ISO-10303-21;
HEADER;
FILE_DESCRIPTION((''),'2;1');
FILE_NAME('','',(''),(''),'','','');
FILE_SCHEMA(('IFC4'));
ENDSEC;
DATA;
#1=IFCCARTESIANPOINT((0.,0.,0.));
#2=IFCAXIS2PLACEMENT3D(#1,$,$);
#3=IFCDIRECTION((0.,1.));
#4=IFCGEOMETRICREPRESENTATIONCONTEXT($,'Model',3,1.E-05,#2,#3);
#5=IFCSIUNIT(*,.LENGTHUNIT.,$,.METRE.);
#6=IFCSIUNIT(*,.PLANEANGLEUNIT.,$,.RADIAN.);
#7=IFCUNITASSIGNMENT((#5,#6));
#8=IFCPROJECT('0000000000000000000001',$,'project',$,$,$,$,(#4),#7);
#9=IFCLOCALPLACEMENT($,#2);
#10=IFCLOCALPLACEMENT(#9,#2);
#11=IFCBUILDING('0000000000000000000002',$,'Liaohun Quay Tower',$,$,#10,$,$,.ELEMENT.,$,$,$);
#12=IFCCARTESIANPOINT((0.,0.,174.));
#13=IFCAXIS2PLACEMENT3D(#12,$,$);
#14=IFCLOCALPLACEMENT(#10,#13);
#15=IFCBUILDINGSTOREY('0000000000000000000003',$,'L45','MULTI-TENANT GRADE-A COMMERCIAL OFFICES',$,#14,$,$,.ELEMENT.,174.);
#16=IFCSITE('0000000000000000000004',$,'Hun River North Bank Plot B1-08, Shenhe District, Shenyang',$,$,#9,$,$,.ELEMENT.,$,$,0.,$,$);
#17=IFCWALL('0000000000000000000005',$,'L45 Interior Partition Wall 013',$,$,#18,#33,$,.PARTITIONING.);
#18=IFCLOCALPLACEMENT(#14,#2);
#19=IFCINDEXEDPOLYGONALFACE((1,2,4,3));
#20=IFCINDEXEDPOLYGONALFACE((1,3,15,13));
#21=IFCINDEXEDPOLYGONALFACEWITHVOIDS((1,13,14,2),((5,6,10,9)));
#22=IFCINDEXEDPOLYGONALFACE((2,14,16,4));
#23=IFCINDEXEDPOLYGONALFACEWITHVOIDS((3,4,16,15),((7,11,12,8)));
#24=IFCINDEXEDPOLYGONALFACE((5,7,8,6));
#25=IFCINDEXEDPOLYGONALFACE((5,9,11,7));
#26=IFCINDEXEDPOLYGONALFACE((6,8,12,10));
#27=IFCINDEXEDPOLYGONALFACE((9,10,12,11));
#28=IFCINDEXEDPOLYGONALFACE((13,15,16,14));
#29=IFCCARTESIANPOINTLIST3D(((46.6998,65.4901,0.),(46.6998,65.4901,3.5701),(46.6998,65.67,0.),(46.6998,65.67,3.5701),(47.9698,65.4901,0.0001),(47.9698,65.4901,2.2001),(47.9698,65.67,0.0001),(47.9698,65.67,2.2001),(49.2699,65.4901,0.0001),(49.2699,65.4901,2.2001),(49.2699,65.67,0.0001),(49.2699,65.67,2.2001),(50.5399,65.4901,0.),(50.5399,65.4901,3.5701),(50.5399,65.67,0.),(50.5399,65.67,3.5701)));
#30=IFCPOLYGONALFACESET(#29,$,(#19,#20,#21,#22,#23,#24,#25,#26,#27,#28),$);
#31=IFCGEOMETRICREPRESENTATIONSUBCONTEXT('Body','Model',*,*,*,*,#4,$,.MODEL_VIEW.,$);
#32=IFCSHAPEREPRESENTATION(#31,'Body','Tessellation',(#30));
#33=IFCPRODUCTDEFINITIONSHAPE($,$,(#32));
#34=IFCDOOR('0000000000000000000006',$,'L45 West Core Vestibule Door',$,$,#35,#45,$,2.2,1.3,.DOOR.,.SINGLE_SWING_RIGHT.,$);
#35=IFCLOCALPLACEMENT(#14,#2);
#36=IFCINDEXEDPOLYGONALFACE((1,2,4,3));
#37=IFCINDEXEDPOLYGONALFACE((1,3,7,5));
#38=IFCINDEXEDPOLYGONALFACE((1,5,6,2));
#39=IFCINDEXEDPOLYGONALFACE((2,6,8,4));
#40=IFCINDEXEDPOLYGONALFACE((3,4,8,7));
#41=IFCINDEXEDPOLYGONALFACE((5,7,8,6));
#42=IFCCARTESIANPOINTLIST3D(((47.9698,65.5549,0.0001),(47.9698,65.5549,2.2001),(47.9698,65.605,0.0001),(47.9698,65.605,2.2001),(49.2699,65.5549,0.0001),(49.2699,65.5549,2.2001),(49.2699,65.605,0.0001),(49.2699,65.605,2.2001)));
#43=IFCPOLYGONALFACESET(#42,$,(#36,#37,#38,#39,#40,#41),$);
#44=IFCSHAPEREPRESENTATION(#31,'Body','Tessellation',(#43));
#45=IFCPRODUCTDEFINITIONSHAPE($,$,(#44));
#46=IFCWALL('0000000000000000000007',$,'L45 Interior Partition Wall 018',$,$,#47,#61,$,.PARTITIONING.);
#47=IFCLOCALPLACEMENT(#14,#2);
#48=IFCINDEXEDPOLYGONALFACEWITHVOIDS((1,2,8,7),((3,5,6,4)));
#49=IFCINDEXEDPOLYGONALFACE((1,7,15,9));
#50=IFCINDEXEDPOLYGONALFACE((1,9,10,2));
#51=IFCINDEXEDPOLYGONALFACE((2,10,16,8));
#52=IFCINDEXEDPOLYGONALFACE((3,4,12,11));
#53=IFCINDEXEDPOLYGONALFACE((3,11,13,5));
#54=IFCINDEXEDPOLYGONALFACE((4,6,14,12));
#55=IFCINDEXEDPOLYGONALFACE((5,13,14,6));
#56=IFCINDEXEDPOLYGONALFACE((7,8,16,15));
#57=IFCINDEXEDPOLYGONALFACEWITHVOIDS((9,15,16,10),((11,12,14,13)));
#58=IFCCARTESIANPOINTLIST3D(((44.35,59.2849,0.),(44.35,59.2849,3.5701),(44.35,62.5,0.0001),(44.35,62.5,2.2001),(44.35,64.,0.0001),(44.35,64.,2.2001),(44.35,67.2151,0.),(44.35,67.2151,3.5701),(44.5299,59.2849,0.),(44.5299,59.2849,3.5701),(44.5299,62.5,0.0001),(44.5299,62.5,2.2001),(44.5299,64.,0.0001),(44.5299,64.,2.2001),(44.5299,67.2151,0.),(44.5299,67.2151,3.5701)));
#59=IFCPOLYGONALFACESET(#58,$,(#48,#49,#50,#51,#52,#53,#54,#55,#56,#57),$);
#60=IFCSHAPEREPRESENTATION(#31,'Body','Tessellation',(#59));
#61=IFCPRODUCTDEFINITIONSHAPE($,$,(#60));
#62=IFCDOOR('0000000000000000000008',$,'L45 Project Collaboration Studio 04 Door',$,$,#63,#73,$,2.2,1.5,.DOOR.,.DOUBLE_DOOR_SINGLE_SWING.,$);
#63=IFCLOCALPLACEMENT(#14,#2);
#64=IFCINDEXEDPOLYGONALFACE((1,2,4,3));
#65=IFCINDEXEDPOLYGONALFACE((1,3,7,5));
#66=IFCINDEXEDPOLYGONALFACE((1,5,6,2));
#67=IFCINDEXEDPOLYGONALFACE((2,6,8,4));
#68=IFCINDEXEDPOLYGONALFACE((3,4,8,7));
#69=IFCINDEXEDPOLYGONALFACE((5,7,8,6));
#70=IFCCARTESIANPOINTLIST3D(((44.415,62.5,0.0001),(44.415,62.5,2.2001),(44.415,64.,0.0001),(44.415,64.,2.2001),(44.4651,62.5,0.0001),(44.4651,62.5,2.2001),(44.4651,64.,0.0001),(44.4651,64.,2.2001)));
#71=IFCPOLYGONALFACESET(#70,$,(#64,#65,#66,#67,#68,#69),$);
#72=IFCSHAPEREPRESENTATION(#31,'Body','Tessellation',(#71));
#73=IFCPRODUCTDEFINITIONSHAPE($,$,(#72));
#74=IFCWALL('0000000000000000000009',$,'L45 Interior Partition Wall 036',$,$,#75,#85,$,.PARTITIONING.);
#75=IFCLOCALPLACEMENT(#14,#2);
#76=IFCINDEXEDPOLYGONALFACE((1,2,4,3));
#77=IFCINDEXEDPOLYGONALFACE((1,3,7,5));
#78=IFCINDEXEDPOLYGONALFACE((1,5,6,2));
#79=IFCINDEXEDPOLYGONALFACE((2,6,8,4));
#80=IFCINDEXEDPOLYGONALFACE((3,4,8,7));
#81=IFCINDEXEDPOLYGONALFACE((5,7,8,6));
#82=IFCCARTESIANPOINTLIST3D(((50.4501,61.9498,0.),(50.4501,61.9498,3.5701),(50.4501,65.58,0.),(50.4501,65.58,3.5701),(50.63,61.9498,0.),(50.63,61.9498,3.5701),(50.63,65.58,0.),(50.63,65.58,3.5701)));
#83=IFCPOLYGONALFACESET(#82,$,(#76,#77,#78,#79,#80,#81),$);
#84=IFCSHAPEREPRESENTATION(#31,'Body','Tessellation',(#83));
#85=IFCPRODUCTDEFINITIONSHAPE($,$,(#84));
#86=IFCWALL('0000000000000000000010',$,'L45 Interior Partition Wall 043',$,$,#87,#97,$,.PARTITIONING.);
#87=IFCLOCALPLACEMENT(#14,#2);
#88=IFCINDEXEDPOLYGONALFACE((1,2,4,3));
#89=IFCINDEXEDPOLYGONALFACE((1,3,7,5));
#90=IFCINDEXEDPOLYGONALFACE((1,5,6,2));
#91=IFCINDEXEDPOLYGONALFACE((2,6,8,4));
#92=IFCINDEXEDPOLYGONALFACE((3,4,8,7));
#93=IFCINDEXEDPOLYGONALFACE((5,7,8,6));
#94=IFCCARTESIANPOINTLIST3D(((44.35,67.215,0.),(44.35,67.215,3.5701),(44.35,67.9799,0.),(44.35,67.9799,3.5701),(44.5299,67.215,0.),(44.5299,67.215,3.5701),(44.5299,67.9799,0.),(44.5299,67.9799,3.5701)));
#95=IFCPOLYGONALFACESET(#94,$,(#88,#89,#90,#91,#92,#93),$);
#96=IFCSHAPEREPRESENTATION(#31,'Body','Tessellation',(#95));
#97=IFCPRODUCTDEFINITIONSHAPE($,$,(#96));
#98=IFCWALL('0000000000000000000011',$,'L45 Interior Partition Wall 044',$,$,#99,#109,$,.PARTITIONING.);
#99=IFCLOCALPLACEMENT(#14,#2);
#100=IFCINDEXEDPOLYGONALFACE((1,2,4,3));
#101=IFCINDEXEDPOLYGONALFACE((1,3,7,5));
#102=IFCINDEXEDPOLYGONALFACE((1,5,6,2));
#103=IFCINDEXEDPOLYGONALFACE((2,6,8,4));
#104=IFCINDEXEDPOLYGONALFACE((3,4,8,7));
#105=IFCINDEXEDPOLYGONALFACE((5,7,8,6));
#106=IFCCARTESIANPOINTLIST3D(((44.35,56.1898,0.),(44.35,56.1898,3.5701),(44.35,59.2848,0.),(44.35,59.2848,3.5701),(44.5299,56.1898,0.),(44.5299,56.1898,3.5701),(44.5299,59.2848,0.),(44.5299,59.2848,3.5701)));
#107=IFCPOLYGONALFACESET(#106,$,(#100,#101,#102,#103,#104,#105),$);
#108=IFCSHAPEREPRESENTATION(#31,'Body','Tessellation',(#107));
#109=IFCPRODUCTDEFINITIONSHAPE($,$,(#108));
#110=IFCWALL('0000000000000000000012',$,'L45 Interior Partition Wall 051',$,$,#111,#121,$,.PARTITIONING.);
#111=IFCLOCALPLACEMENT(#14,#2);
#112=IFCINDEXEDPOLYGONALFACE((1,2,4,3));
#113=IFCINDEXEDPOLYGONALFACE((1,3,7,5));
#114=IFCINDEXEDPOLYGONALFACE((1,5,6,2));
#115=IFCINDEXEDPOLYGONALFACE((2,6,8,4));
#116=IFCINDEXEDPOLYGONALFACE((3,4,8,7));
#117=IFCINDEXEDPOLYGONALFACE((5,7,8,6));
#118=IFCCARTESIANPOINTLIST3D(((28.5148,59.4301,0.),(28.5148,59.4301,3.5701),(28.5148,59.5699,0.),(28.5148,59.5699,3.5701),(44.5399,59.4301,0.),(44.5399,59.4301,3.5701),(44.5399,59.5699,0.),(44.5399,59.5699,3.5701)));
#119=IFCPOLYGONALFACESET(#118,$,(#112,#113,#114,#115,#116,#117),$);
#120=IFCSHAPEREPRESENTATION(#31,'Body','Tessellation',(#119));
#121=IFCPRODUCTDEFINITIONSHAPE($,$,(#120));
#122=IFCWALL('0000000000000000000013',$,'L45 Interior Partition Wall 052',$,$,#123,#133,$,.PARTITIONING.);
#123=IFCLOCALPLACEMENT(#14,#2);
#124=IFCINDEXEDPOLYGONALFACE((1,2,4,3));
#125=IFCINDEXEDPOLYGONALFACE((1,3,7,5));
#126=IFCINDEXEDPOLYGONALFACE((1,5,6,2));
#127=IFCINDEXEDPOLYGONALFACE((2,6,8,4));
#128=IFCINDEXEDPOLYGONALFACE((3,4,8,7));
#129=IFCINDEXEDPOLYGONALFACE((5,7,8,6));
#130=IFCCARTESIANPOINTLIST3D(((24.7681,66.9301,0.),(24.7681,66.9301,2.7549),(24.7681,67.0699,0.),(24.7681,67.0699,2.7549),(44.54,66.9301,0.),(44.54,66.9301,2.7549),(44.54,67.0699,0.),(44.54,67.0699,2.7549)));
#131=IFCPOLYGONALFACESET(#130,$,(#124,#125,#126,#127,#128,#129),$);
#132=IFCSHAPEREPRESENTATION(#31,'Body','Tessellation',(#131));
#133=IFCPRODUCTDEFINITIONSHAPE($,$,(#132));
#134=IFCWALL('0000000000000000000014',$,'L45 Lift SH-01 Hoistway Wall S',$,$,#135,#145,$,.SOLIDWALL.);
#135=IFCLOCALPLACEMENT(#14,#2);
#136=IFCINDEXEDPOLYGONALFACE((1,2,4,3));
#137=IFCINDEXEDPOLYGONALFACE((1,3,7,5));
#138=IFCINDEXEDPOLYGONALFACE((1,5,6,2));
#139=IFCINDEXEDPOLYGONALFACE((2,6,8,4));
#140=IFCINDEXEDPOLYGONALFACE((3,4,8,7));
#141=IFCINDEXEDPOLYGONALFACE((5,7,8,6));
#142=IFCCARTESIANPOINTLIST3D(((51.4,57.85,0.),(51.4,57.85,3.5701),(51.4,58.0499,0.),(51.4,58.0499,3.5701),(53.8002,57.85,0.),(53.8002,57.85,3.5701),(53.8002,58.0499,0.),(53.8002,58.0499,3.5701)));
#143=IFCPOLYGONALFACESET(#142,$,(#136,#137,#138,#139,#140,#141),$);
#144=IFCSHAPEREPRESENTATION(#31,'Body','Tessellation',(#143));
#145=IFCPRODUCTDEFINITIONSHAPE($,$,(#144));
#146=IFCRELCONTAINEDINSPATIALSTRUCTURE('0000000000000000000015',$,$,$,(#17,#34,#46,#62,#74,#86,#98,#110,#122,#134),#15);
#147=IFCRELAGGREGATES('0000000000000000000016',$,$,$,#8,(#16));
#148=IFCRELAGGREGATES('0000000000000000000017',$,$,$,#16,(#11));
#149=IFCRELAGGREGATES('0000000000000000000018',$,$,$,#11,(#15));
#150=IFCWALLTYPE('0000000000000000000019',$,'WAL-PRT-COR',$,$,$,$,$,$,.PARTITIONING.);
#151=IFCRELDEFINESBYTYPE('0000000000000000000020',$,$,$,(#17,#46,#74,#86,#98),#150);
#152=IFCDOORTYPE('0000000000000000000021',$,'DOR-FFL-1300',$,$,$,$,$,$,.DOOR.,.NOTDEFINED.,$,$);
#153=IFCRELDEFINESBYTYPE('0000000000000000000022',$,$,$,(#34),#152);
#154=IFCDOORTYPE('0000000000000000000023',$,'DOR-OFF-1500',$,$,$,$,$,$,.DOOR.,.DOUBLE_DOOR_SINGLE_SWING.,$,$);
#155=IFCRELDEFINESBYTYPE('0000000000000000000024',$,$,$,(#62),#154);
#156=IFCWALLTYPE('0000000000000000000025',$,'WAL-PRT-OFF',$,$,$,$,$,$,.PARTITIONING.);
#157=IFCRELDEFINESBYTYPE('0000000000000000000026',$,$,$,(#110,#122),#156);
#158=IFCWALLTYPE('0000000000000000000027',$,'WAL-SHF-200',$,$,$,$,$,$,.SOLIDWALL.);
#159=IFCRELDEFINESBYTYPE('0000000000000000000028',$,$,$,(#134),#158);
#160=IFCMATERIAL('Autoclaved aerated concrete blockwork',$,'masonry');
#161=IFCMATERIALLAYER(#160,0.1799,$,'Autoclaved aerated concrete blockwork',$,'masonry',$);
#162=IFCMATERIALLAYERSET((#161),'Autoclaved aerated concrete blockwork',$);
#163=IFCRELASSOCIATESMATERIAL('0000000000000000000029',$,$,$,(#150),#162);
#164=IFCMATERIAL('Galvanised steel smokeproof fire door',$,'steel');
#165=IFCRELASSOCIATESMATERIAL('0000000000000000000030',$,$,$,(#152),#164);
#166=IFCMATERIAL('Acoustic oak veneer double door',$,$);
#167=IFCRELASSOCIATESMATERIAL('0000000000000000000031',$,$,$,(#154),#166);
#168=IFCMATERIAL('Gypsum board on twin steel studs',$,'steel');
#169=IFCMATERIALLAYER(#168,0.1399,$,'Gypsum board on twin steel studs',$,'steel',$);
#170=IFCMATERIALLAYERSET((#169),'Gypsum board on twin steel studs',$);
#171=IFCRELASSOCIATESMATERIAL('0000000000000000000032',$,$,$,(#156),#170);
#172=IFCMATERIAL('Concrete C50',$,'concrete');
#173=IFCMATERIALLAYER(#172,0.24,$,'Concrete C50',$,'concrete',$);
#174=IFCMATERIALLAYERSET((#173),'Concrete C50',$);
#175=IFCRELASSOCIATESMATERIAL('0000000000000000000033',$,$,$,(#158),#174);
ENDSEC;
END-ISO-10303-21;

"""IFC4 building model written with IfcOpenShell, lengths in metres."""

from ifc_helpers import new_model, si_unit, direction, frame, frame_2d, origin, place, context, subcontext, project, spatial, rectangle, extrude, source, transform, mapped, material, layer, layer_set, type_object, element, fill, save


model = new_model("IFC4")

# Units and contexts
model_context = context("Model", 3, precision=1e-05, world=origin(), true_north=direction((0.0, 1.0)))
body_context = subcontext(model_context, "Body", "Model", "MODEL_VIEW")
ifc_project = project(units=[si_unit("LENGTHUNIT", "METRE"), si_unit("PLANEANGLEUNIT", "RADIAN")], contexts=[model_context])

# Site, building, storey
site_placement = place(None, origin())
site = spatial("IfcSite", under=ifc_project, at=site_placement, Name="Hun River North Bank Plot B1-08, Shenhe District, Shenyang", CompositionType="ELEMENT", RefElevation=0.0)
building_placement = place(site_placement, origin())
building = spatial("IfcBuilding", under=site, at=building_placement, Name="Liaohun Quay Tower", CompositionType="ELEMENT")
storey_placement = place(building_placement, frame((0.0, 0.0, 174.0)))
storey = spatial("IfcBuildingStorey", under=building, at=storey_placement, Name="L45", Description="MULTI-TENANT GRADE-A COMMERCIAL OFFICES", CompositionType="ELEMENT", Elevation=174.0)

# Walls, openings, doors
ifc_material_1 = material(Name="Autoclaved aerated concrete blockwork", Category="masonry")
ifc_layer_1 = layer(ifc_material_1, 0.1799, Name="Autoclaved aerated concrete blockwork", Category="masonry")
ifc_layer_set_1 = layer_set([ifc_layer_1], Name="Autoclaved aerated concrete blockwork")
wall_type_1 = type_object("IfcWallType", Name="WAL-PRT-COR", PredefinedType="PARTITIONING", material=ifc_layer_set_1)
wall_1_placement = place(storey_placement, frame((46.7, 65.5801, 0.0), z_axis=(0.0, 0.0, 1.0), x_axis=(1.0, 0.0, 0.0)))
wall_1 = element("IfcWall", 1, at=wall_1_placement, inside=storey, type_object=wall_type_1, Name="L45 Interior Partition Wall 013", PredefinedType="PARTITIONING", context=body_context, shape_type="SweptSolid", body=[
    extrude(rectangle(XDim=3.8401, YDim=0.1799, at=frame_2d((1.9199, 0.0))), origin(), (0.0, 0.0, 1.0), 3.5701),
])
shared_shape_1 = source(origin(), body_context, "Body", "SweptSolid", [
    extrude(rectangle(XDim=1.3, YDim=2.2, at=frame_2d((0.6499, 1.1001))), frame((0.0, 0.0999, 0.0), z_axis=(0.0, -1.0, 0.0), x_axis=(1.0, 0.0, 0.0)), (0.0, 0.0, 1.0), 0.2),
])
opening_1_placement = place(wall_1_placement, frame((1.27, 0.0, 0.0)))
opening_1 = element("IfcOpeningElement", 2, at=opening_1_placement, cuts=wall_1, PredefinedType="OPENING", context=body_context, shape_type="MappedRepresentation", body=[
    mapped(shared_shape_1, transform((0.0, 0.0, 0.0), x_axis=(1.0, 0.0, 0.0), y_axis=(0.0, 1.0, 0.0), z_axis=(0.0, 0.0, 1.0), scale=1.0)),
])
ifc_material_2 = material(Name="Galvanised steel smokeproof fire door", Category="steel")
door_type_1 = type_object("IfcDoorType", Name="DOR-FFL-1300", OperationType="NOTDEFINED", PredefinedType="DOOR", material=ifc_material_2)
shared_shape_2 = source(origin(), body_context, "Body", "SweptSolid", [
    extrude(rectangle(XDim=1.3, YDim=2.2, at=frame_2d((0.6499, 1.1001))), frame((0.0, 0.0249, 0.0), z_axis=(0.0, -1.0, 0.0), x_axis=(1.0, 0.0, 0.0)), (0.0, 0.0, 1.0), 0.05),
])
door_1_placement = place(opening_1_placement, origin())
door_1 = element("IfcDoor", 3, at=door_1_placement, inside=storey, type_object=door_type_1, Name="L45 West Core Vestibule Door", OperationType="SINGLE_SWING_RIGHT", OverallHeight=2.2, OverallWidth=1.3, PredefinedType="DOOR", context=body_context, shape_type="MappedRepresentation", body=[
    mapped(shared_shape_2, transform((0.0, 0.0, 0.0), x_axis=(1.0, 0.0, 0.0), y_axis=(0.0, 1.0, 0.0), z_axis=(0.0, 0.0, 1.0), scale=1.0)),
])
fill(opening_1, door_1)
wall_2_placement = place(storey_placement, frame((44.4399, 59.2849, 0.0), z_axis=(0.0, 0.0, 1.0), x_axis=(0.0, 1.0, 0.0)))
wall_2 = element("IfcWall", 4, at=wall_2_placement, inside=storey, type_object=wall_type_1, Name="L45 Interior Partition Wall 018", PredefinedType="PARTITIONING", context=body_context, shape_type="SweptSolid", body=[
    extrude(rectangle(XDim=7.9302, YDim=0.1799, at=frame_2d((3.9651, 0.0))), origin(), (0.0, 0.0, 1.0), 3.5701),
])
shared_shape_3 = source(origin(), body_context, "Body", "SweptSolid", [
    extrude(rectangle(XDim=1.5, YDim=2.2, at=frame_2d((0.75, 1.1001))), frame((0.0, 0.0999, 0.0), z_axis=(0.0, -1.0, 0.0), x_axis=(1.0, 0.0, 0.0)), (0.0, 0.0, 1.0), 0.2),
])
opening_2_placement = place(wall_2_placement, frame((3.2151, 0.0, 0.0)))
opening_2 = element("IfcOpeningElement", 5, at=opening_2_placement, cuts=wall_2, PredefinedType="OPENING", context=body_context, shape_type="MappedRepresentation", body=[
    mapped(shared_shape_3, transform((0.0, 0.0, 0.0), x_axis=(1.0, 0.0, 0.0), y_axis=(0.0, 1.0, 0.0), z_axis=(0.0, 0.0, 1.0), scale=1.0)),
])
ifc_material_3 = material(Name="Acoustic oak veneer double door")
door_type_2 = type_object("IfcDoorType", Name="DOR-OFF-1500", OperationType="DOUBLE_DOOR_SINGLE_SWING", PredefinedType="DOOR", material=ifc_material_3)
shared_shape_4 = source(origin(), body_context, "Body", "SweptSolid", [
    extrude(rectangle(XDim=1.5, YDim=2.2, at=frame_2d((0.75, 1.1001))), frame((0.0, 0.0249, 0.0), z_axis=(0.0, -1.0, 0.0), x_axis=(1.0, 0.0, 0.0)), (0.0, 0.0, 1.0), 0.05),
])
door_2_placement = place(opening_2_placement, origin())
door_2 = element("IfcDoor", 6, at=door_2_placement, inside=storey, type_object=door_type_2, Name="L45 Project Collaboration Studio 04 Door", OperationType="DOUBLE_DOOR_SINGLE_SWING", OverallHeight=2.2, OverallWidth=1.5, PredefinedType="DOOR", context=body_context, shape_type="MappedRepresentation", body=[
    mapped(shared_shape_4, transform((0.0, 0.0, 0.0), x_axis=(1.0, 0.0, 0.0), y_axis=(0.0, 1.0, 0.0), z_axis=(0.0, 0.0, 1.0), scale=1.0)),
])
fill(opening_2, door_2)

# Walls
wall_3_placement = place(storey_placement, frame((50.54, 61.95, 0.0), z_axis=(0.0, 0.0, 1.0), x_axis=(0.0, 1.0, 0.0)))
element("IfcWall", 7, at=wall_3_placement, inside=storey, type_object=wall_type_1, Name="L45 Interior Partition Wall 036", PredefinedType="PARTITIONING", context=body_context, shape_type="SweptSolid", body=[
    extrude(rectangle(XDim=3.6301, YDim=0.1799, at=frame_2d((1.8149, 0.0))), origin(), (0.0, 0.0, 1.0), 3.5701),
])
wall_4_placement = place(storey_placement, frame((44.4399, 67.2151, 0.0), z_axis=(0.0, 0.0, 1.0), x_axis=(0.0, 1.0, 0.0)))
element("IfcWall", 8, at=wall_4_placement, inside=storey, type_object=wall_type_1, Name="L45 Interior Partition Wall 043", PredefinedType="PARTITIONING", context=body_context, shape_type="SweptSolid", body=[
    extrude(rectangle(XDim=0.7649, YDim=0.1799, at=frame_2d((0.3823, 0.0))), origin(), (0.0, 0.0, 1.0), 3.5701),
])
wall_5_placement = place(storey_placement, frame((44.4399, 56.1899, 0.0), z_axis=(0.0, 0.0, 1.0), x_axis=(0.0, 1.0, 0.0)))
element("IfcWall", 9, at=wall_5_placement, inside=storey, type_object=wall_type_1, Name="L45 Interior Partition Wall 044", PredefinedType="PARTITIONING", context=body_context, shape_type="SweptSolid", body=[
    extrude(rectangle(XDim=3.095, YDim=0.1799, at=frame_2d((1.5474, 0.0))), origin(), (0.0, 0.0, 1.0), 3.5701),
])
ifc_material_4 = material(Name="Gypsum board on twin steel studs", Category="steel")
ifc_layer_2 = layer(ifc_material_4, 0.1399, Name="Gypsum board on twin steel studs", Category="steel")
ifc_layer_set_2 = layer_set([ifc_layer_2], Name="Gypsum board on twin steel studs")
wall_type_2 = type_object("IfcWallType", Name="WAL-PRT-OFF", PredefinedType="PARTITIONING", material=ifc_layer_set_2)
wall_6_placement = place(storey_placement, frame((44.54, 59.5, 0.0), z_axis=(0.0, 0.0, 1.0), x_axis=(-1.0, 0.0, 0.0)))
element("IfcWall", 10, at=wall_6_placement, inside=storey, type_object=wall_type_2, Name="L45 Interior Partition Wall 051", PredefinedType="PARTITIONING", context=body_context, shape_type="SweptSolid", body=[
    extrude(rectangle(XDim=16.0251, YDim=0.1399, at=frame_2d((8.0127, 0.0))), origin(), (0.0, 0.0, 1.0), 3.5701),
])
wall_7_placement = place(storey_placement, frame((44.54, 67.0, 0.0), z_axis=(0.0, 0.0, 1.0), x_axis=(-1.0, 0.0, 0.0)))
element("IfcWall", 11, at=wall_7_placement, inside=storey, type_object=wall_type_2, Name="L45 Interior Partition Wall 052", PredefinedType="PARTITIONING", context=body_context, shape_type="SweptSolid", body=[
    extrude(rectangle(XDim=19.772, YDim=0.1399, at=frame_2d((9.886, 0.0))), origin(), (0.0, 0.0, 1.0), 2.7549),
])
ifc_material_5 = material(Name="Concrete C50", Category="concrete")
ifc_layer_3 = layer(ifc_material_5, 0.24, Name="Concrete C50", Category="concrete")
ifc_layer_set_3 = layer_set([ifc_layer_3], Name="Concrete C50")
wall_type_3 = type_object("IfcWallType", Name="WAL-SHF-200", PredefinedType="SOLIDWALL", material=ifc_layer_set_3)
wall_8_placement = place(storey_placement, frame((51.3999, 57.95, 0.0), z_axis=(0.0, 0.0, 1.0), x_axis=(1.0, 0.0, 0.0)))
element("IfcWall", 12, at=wall_8_placement, inside=storey, type_object=wall_type_3, Name="L45 Lift SH-01 Hoistway Wall S", PredefinedType="SOLIDWALL", context=body_context, shape_type="SweptSolid", body=[
    extrude(rectangle(XDim=2.4001, YDim=0.2, at=frame_2d((1.2002, 0.0))), origin(), (0.0, 0.0, 1.0), 3.5701),
])

save(model, "model.ifc")
